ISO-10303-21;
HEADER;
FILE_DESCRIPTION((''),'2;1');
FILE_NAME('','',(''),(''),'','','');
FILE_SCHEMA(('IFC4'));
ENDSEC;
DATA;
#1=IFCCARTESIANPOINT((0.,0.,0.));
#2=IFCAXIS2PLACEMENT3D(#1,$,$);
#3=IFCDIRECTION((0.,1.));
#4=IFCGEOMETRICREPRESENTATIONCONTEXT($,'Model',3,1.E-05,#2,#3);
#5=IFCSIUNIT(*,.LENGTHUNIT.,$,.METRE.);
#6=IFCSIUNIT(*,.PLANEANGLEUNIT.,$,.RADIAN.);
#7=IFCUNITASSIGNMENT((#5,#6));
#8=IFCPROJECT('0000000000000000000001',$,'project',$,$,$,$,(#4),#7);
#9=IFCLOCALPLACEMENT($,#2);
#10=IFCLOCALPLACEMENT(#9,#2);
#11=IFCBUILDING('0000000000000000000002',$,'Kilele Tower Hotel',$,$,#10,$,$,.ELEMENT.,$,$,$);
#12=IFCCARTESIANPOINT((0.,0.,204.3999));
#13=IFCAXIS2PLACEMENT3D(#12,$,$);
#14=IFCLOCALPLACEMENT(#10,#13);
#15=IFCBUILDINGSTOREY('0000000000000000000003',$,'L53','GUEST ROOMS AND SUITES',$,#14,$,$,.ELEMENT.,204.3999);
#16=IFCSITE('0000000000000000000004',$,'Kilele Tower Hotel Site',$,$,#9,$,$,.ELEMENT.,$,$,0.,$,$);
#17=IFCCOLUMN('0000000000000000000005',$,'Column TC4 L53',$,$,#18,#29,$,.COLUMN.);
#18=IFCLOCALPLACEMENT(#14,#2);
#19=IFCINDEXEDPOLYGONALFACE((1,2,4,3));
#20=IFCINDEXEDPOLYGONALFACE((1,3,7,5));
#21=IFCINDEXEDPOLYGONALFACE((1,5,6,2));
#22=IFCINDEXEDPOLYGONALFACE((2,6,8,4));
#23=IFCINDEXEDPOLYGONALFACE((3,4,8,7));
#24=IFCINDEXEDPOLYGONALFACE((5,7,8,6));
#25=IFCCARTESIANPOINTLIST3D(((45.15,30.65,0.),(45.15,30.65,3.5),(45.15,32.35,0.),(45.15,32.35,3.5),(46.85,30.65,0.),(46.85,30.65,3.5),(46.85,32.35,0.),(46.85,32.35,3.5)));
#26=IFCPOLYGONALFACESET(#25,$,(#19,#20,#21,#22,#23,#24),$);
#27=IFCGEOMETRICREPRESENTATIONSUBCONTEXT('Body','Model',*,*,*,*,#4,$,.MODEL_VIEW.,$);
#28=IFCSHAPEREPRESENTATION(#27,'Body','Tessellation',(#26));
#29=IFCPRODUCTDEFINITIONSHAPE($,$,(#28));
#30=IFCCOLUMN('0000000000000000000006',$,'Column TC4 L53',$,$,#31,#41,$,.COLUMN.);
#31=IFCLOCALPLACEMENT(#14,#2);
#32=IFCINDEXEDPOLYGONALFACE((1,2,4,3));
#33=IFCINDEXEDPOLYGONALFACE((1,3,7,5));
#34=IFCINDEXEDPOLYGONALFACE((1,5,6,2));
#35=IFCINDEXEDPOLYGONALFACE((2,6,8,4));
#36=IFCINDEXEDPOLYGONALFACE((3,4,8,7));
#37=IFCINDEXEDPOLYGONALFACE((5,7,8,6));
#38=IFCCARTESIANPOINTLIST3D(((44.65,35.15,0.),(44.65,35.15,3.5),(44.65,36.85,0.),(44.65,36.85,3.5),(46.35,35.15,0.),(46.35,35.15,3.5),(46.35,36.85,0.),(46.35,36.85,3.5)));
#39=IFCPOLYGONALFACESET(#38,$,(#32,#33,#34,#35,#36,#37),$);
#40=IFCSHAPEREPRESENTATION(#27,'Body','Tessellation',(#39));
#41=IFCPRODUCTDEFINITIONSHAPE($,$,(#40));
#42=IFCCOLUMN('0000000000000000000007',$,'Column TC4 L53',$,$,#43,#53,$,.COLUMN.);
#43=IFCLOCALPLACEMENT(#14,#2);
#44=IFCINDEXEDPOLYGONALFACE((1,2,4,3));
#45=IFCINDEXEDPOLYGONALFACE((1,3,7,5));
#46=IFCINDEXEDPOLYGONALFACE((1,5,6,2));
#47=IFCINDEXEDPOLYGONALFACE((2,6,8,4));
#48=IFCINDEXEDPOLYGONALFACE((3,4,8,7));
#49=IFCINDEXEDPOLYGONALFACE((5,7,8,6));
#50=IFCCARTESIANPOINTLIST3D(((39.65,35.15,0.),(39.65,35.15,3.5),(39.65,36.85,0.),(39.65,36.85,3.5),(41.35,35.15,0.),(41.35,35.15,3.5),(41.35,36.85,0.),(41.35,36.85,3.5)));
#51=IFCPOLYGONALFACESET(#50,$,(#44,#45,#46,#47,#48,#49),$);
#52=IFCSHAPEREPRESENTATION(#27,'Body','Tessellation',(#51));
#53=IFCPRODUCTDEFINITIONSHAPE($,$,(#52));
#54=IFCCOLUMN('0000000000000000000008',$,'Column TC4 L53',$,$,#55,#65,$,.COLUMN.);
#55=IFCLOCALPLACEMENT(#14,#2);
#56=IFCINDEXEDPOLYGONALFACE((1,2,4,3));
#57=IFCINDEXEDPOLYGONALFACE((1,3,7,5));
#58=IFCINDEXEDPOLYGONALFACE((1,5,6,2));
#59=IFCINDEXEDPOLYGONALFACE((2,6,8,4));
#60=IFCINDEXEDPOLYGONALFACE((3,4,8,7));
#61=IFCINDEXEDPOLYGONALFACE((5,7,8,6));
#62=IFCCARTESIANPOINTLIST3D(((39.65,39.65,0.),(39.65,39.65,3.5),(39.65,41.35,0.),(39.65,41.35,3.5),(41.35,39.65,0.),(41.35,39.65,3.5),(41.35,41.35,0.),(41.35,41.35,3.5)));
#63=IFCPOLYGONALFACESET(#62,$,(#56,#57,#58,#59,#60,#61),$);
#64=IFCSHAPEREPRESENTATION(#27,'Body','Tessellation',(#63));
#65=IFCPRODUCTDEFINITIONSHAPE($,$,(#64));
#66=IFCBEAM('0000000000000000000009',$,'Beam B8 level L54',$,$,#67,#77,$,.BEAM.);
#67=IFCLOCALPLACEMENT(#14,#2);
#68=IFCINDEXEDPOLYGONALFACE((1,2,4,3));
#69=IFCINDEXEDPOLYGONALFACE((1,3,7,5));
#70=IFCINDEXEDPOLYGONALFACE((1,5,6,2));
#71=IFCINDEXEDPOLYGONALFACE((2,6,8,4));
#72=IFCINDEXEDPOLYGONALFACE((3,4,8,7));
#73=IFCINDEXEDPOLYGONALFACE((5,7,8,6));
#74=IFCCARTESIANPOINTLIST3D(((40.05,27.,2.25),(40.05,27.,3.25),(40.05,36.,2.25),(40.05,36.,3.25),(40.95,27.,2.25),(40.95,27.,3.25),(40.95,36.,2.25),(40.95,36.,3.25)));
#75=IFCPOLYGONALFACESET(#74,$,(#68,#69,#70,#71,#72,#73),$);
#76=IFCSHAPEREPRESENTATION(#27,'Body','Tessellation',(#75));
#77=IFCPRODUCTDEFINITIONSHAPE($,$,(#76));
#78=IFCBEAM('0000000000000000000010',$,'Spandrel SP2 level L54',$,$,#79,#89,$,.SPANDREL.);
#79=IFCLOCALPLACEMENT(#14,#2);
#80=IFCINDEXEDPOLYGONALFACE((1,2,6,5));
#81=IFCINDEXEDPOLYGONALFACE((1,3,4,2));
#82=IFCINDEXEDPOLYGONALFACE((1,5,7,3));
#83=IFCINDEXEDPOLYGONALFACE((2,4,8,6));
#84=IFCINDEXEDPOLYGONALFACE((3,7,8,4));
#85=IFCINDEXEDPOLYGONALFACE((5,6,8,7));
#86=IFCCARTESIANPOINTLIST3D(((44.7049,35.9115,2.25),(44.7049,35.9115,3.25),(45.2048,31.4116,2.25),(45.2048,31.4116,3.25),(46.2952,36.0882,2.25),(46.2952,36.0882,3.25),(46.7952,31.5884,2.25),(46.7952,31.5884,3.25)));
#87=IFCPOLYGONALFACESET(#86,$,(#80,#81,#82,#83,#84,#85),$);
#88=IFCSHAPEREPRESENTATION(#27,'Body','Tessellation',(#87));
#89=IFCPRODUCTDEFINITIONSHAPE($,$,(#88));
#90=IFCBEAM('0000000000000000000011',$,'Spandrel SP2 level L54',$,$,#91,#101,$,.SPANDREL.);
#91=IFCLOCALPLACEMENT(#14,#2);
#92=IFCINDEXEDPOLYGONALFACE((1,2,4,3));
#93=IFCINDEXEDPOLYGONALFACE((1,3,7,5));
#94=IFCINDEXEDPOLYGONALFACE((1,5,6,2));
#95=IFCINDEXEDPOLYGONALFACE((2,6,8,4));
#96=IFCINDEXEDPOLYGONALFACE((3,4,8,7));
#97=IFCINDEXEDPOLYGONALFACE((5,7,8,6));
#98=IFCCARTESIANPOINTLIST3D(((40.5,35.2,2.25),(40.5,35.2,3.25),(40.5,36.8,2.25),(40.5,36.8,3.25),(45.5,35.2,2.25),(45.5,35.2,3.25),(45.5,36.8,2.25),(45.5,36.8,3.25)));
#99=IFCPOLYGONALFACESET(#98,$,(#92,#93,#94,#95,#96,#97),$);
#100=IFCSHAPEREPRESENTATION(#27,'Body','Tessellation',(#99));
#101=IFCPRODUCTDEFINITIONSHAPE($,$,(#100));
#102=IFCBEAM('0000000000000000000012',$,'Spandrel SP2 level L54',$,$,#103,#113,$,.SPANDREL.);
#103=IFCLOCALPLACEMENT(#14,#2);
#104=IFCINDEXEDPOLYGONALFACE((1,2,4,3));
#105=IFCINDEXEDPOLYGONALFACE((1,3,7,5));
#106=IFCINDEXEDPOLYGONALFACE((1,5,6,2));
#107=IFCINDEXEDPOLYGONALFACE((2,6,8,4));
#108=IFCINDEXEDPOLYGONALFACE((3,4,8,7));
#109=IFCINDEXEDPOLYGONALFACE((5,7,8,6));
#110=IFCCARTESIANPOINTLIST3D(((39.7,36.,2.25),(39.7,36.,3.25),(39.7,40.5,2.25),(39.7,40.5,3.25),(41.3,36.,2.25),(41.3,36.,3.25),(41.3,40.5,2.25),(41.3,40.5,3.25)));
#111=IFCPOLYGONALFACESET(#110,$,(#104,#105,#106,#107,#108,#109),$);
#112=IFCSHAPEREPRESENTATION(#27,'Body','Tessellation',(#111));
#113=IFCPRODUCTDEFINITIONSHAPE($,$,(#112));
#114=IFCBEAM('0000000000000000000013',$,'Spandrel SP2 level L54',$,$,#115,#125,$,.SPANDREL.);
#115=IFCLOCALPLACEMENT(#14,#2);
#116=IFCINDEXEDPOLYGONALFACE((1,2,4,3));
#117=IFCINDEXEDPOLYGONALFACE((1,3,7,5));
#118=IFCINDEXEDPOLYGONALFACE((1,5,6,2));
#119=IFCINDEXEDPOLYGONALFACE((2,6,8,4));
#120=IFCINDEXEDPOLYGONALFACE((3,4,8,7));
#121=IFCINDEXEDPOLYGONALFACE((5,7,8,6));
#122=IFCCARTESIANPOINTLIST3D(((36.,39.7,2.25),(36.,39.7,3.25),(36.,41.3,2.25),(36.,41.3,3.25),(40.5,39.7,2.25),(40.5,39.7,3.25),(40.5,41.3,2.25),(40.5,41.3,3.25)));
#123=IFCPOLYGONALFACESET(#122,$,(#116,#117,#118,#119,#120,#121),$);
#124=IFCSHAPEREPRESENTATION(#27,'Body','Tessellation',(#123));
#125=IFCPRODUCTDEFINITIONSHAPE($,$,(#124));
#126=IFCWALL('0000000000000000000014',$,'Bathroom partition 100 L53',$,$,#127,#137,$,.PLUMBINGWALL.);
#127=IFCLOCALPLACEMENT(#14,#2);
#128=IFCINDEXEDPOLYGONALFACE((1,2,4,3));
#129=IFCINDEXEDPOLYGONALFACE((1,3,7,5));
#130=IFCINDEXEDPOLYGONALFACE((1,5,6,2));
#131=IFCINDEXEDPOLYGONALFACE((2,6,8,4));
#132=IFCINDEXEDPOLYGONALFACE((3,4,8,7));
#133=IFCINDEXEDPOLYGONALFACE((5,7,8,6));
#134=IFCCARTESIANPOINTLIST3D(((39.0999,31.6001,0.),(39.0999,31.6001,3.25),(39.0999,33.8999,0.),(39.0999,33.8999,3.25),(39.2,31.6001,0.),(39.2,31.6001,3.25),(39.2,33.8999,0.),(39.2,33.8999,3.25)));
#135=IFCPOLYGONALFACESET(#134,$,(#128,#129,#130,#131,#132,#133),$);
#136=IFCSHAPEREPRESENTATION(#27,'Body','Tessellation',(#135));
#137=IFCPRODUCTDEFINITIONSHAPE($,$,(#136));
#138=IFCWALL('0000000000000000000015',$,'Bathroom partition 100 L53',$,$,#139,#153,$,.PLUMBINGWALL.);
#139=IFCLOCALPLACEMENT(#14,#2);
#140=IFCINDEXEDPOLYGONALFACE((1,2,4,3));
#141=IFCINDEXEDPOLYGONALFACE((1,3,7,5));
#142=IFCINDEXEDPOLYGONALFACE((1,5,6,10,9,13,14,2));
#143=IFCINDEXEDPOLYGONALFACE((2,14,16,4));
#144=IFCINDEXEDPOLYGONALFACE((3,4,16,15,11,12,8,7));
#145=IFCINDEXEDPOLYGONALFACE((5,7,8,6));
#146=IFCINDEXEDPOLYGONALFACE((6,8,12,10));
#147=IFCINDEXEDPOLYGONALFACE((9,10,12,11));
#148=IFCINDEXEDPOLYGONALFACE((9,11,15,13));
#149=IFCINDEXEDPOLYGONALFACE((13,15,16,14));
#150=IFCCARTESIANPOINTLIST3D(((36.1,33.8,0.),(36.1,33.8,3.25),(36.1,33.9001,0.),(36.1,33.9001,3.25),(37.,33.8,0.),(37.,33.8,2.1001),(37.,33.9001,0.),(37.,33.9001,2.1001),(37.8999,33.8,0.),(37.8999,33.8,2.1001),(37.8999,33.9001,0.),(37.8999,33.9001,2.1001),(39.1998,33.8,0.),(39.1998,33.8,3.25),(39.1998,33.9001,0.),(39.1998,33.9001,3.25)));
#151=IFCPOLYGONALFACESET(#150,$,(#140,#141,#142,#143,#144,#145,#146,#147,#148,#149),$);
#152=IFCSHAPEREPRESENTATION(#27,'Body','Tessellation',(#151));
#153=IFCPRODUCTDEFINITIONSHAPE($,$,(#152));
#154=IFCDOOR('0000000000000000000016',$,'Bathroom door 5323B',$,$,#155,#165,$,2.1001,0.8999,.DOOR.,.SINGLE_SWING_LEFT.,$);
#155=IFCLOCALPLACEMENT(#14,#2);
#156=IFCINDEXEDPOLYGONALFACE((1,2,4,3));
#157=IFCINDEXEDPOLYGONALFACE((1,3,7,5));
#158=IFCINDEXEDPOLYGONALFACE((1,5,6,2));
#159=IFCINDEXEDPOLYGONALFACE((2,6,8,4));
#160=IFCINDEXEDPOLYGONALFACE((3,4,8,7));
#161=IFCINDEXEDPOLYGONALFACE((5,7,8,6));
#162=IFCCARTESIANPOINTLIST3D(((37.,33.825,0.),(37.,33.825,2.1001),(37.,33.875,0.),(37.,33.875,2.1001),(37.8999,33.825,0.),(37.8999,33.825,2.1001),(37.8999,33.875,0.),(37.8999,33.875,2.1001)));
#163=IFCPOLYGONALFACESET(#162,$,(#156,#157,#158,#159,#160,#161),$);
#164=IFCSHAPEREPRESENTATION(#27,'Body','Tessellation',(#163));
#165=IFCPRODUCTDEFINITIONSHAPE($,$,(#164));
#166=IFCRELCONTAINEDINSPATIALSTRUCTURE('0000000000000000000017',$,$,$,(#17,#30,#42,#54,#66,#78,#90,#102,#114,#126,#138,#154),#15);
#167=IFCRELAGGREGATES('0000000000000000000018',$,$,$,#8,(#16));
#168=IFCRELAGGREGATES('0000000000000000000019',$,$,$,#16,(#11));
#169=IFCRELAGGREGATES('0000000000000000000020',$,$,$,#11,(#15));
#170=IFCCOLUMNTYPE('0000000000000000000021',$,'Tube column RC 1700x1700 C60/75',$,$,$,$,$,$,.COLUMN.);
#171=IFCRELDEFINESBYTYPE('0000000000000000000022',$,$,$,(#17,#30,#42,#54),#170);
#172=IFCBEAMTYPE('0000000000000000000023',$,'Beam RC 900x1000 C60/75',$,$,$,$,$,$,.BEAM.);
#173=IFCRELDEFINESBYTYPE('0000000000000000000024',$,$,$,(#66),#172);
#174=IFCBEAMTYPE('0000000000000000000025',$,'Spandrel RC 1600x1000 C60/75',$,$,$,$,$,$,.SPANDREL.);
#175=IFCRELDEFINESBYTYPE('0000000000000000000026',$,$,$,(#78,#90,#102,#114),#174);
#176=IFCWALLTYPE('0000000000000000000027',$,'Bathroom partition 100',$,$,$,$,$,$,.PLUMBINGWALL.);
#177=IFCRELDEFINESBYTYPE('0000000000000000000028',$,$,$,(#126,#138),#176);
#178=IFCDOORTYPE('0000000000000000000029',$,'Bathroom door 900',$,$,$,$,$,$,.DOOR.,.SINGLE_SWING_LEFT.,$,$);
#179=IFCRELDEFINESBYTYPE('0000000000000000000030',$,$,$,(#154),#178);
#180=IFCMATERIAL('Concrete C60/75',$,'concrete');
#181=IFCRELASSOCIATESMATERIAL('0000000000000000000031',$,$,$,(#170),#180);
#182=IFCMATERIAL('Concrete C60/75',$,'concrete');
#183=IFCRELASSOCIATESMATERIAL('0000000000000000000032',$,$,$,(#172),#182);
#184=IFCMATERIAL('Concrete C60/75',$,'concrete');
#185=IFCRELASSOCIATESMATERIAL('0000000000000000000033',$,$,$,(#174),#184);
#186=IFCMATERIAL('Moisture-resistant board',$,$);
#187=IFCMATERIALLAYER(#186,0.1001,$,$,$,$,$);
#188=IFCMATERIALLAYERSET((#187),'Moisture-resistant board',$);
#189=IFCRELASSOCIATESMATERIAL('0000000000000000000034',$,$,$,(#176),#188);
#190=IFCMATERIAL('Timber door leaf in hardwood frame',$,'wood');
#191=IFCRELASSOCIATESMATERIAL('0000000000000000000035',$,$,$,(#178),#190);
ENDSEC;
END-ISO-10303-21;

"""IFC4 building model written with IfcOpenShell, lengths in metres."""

from ifc_helpers import new_model, si_unit, direction, frame, frame_2d, origin, origin_2d, place, context, subcontext, project, spatial, rectangle, extrude, material, layer, layer_set, material_profile, profile_set, type_object, element, fill, save


model = new_model("IFC4")

# Units and contexts
model_context = context("Model", 3, precision=1e-05, world=origin(), true_north=direction((0.0, 1.0)))
body_context = subcontext(model_context, "Body", "Model", "MODEL_VIEW")
ifc_project = project(units=[si_unit("LENGTHUNIT", "METRE"), si_unit("PLANEANGLEUNIT", "RADIAN")], contexts=[model_context])

# Site, building, storey
site_placement = place(None, origin())
site = spatial("IfcSite", under=ifc_project, at=site_placement, Name="Kilele Tower Hotel Site", CompositionType="ELEMENT", RefElevation=0.0)
building_placement = place(site_placement, origin())
building = spatial("IfcBuilding", under=site, at=building_placement, Name="Kilele Tower Hotel", CompositionType="ELEMENT")
storey_placement = place(building_placement, frame((0.0, 0.0, 204.3999)))
storey = spatial("IfcBuildingStorey", under=building, at=storey_placement, Name="L53", Description="GUEST ROOMS AND SUITES", CompositionType="ELEMENT", Elevation=204.3999)

# Columns
ifc_material_1 = material(Name="Concrete C60/75", Category="concrete")
ifc_material_profile_1 = material_profile(ifc_material_1, rectangle(XDim=1.7, YDim=1.7, at=origin_2d()))
ifc_profile_set_1 = profile_set([ifc_material_profile_1], Name="Concrete C60/75")
column_type = type_object("IfcColumnType", Name="Tube column RC 1700x1700 C60/75", PredefinedType="COLUMN", material=ifc_profile_set_1)
for number, where, z_axis, x_axis, name in (
    (1, (46.0, 31.5, 0.0), (0.0, 0.0, 1.0), (1.0, 0.0, 0.0), "Column TC4 L53"),
    (2, (45.5, 36.0, 0.0), (0.0, 0.0, 1.0), (1.0, 0.0, 0.0), "Column TC4 L53"),
    (3, (40.5, 36.0, 0.0), (0.0, 0.0, 1.0), (1.0, 0.0, 0.0), "Column TC4 L53"),
    (4, (40.5, 40.5, 0.0), (0.0, 0.0, 1.0), (1.0, 0.0, 0.0), "Column TC4 L53"),
):
    element("IfcColumn", number, at=place(storey_placement, frame(where, z_axis=z_axis, x_axis=x_axis)), inside=storey, type_object=column_type, Name=name, PredefinedType="COLUMN", context=body_context, shape_type="SweptSolid", body=[
        extrude(rectangle(XDim=1.7, YDim=1.7, at=origin_2d()), origin(), (0.0, 0.0, 1.0), 3.5),
    ])

# Beams
ifc_material_2 = material(Name="Concrete C60/75", Category="concrete")
ifc_material_profile_2 = material_profile(ifc_material_2, rectangle(XDim=0.8999, YDim=1.0, at=origin_2d()))
ifc_profile_set_2 = profile_set([ifc_material_profile_2], Name="Concrete C60/75")
beam_type_1 = type_object("IfcBeamType", Name="Beam RC 900x1000 C60/75", PredefinedType="BEAM", material=ifc_profile_set_2)
beam_1_placement = place(storey_placement, frame((40.5, 36.0, 2.75), z_axis=(0.0, -1.0, 0.0), x_axis=(1.0, 0.0, 0.0)))
element("IfcBeam", 5, at=beam_1_placement, inside=storey, type_object=beam_type_1, Name="Beam B8 level L54", PredefinedType="BEAM", context=body_context, shape_type="SweptSolid", body=[
    extrude(rectangle(XDim=0.8999, YDim=1.0, at=origin_2d()), origin(), (0.0, 0.0, 1.0), 9.0),
])
ifc_material_3 = material(Name="Concrete C60/75", Category="concrete")
ifc_material_profile_3 = material_profile(ifc_material_3, rectangle(XDim=1.6001, YDim=1.0, at=origin_2d()))
ifc_profile_set_3 = profile_set([ifc_material_profile_3], Name="Concrete C60/75")
beam_type_2 = type_object("IfcBeamType", Name="Spandrel RC 1600x1000 C60/75", PredefinedType="SPANDREL", material=ifc_profile_set_3)
beam_2_placement = place(storey_placement, frame((46.0, 31.5, 2.75), z_axis=(-0.110432, 0.993884, 0.0), x_axis=(-0.993884, -0.110432, 0.0)))
element("IfcBeam", 6, at=beam_2_placement, inside=storey, type_object=beam_type_2, Name="Spandrel SP2 level L54", PredefinedType="SPANDREL", context=body_context, shape_type="SweptSolid", body=[
    extrude(rectangle(XDim=1.6001, YDim=1.0, at=origin_2d()), origin(), (0.0, 0.0, 1.0), 4.5276),
])
beam_3_placement = place(storey_placement, frame((45.5, 36.0, 2.75), z_axis=(-1.0, 0.0, 0.0), x_axis=(0.0, -1.0, 0.0)))
element("IfcBeam", 7, at=beam_3_placement, inside=storey, type_object=beam_type_2, Name="Spandrel SP2 level L54", PredefinedType="SPANDREL", context=body_context, shape_type="SweptSolid", body=[
    extrude(rectangle(XDim=1.6001, YDim=1.0, at=origin_2d()), origin(), (0.0, 0.0, 1.0), 5.0),
])
for number, where, z_axis, x_axis, name in (
    (8, (40.5, 36.0, 2.75), (0.0, 1.0, 0.0), (-1.0, 0.0, 0.0), "Spandrel SP2 level L54"),
    (9, (40.5, 40.5, 2.75), (-1.0, 0.0, 0.0), (0.0, -1.0, 0.0), "Spandrel SP2 level L54"),
):
    element("IfcBeam", number, at=place(storey_placement, frame(where, z_axis=z_axis, x_axis=x_axis)), inside=storey, type_object=beam_type_2, Name=name, PredefinedType="SPANDREL", context=body_context, shape_type="SweptSolid", body=[
        extrude(rectangle(XDim=1.6001, YDim=1.0, at=origin_2d()), origin(), (0.0, 0.0, 1.0), 4.5),
    ])

# Wall
ifc_material_4 = material(Name="Moisture-resistant board")
ifc_layer_1 = layer(ifc_material_4, 0.1001)
ifc_layer_set_1 = layer_set([ifc_layer_1], Name="Moisture-resistant board")
wall_type_1 = type_object("IfcWallType", Name="Bathroom partition 100", PredefinedType="PLUMBINGWALL", material=ifc_layer_set_1)
wall_1_placement = place(storey_placement, frame((39.1499, 31.6001, 0.0), z_axis=(0.0, 0.0, 1.0), x_axis=(0.0, 1.0, 0.0)))
element("IfcWall", 10, at=wall_1_placement, inside=storey, type_object=wall_type_1, Name="Bathroom partition 100 L53", PredefinedType="PLUMBINGWALL", context=body_context, shape_type="SweptSolid", body=[
    extrude(rectangle(XDim=2.2998, YDim=0.1001, at=frame_2d((1.1499, 0.0))), origin(), (0.0, 0.0, 1.0), 3.25),
])

# Wall, opening, door
wall_2_placement = place(storey_placement, frame((36.1001, 33.8501, 0.0), z_axis=(0.0, 0.0, 1.0), x_axis=(1.0, 0.0, 0.0)))
wall_2 = element("IfcWall", 11, at=wall_2_placement, inside=storey, type_object=wall_type_1, Name="Bathroom partition 100 L53", PredefinedType="PLUMBINGWALL", context=body_context, shape_type="SweptSolid", body=[
    extrude(rectangle(XDim=3.0999, YDim=0.1001, at=frame_2d((1.5498, 0.0))), origin(), (0.0, 0.0, 1.0), 3.25),
])
opening_1_placement = place(wall_2_placement, frame((0.8999, 0.0, 0.0)))
opening_1 = element("IfcOpeningElement", 12, at=opening_1_placement, cuts=wall_2, PredefinedType="OPENING", context=body_context, shape_type="SweptSolid", body=[
    extrude(rectangle(XDim=0.8999, YDim=2.1001, at=frame_2d((0.45, 1.05))), frame((0.0, 0.0601, 0.0), z_axis=(0.0, -1.0, 0.0), x_axis=(1.0, 0.0, 0.0)), (0.0, 0.0, 1.0), 0.1201),
])
ifc_material_5 = material(Name="Timber door leaf in hardwood frame", Category="wood")
door_type_1 = type_object("IfcDoorType", Name="Bathroom door 900", OperationType="SINGLE_SWING_LEFT", PredefinedType="DOOR", material=ifc_material_5)
door_1_placement = place(opening_1_placement, origin())
door_1 = element("IfcDoor", 13, at=door_1_placement, inside=storey, type_object=door_type_1, Name="Bathroom door 5323B", OperationType="SINGLE_SWING_LEFT", OverallHeight=2.1001, OverallWidth=0.8999, PredefinedType="DOOR", context=body_context, shape_type="SweptSolid", body=[
    extrude(rectangle(XDim=0.8999, YDim=2.1001, at=frame_2d((0.45, 1.05))), frame((0.0, 0.0249, 0.0), z_axis=(0.0, -1.0, 0.0), x_axis=(1.0, 0.0, 0.0)), (0.0, 0.0, 1.0), 0.05),
])
fill(opening_1, door_1)

save(model, "model.ifc")
